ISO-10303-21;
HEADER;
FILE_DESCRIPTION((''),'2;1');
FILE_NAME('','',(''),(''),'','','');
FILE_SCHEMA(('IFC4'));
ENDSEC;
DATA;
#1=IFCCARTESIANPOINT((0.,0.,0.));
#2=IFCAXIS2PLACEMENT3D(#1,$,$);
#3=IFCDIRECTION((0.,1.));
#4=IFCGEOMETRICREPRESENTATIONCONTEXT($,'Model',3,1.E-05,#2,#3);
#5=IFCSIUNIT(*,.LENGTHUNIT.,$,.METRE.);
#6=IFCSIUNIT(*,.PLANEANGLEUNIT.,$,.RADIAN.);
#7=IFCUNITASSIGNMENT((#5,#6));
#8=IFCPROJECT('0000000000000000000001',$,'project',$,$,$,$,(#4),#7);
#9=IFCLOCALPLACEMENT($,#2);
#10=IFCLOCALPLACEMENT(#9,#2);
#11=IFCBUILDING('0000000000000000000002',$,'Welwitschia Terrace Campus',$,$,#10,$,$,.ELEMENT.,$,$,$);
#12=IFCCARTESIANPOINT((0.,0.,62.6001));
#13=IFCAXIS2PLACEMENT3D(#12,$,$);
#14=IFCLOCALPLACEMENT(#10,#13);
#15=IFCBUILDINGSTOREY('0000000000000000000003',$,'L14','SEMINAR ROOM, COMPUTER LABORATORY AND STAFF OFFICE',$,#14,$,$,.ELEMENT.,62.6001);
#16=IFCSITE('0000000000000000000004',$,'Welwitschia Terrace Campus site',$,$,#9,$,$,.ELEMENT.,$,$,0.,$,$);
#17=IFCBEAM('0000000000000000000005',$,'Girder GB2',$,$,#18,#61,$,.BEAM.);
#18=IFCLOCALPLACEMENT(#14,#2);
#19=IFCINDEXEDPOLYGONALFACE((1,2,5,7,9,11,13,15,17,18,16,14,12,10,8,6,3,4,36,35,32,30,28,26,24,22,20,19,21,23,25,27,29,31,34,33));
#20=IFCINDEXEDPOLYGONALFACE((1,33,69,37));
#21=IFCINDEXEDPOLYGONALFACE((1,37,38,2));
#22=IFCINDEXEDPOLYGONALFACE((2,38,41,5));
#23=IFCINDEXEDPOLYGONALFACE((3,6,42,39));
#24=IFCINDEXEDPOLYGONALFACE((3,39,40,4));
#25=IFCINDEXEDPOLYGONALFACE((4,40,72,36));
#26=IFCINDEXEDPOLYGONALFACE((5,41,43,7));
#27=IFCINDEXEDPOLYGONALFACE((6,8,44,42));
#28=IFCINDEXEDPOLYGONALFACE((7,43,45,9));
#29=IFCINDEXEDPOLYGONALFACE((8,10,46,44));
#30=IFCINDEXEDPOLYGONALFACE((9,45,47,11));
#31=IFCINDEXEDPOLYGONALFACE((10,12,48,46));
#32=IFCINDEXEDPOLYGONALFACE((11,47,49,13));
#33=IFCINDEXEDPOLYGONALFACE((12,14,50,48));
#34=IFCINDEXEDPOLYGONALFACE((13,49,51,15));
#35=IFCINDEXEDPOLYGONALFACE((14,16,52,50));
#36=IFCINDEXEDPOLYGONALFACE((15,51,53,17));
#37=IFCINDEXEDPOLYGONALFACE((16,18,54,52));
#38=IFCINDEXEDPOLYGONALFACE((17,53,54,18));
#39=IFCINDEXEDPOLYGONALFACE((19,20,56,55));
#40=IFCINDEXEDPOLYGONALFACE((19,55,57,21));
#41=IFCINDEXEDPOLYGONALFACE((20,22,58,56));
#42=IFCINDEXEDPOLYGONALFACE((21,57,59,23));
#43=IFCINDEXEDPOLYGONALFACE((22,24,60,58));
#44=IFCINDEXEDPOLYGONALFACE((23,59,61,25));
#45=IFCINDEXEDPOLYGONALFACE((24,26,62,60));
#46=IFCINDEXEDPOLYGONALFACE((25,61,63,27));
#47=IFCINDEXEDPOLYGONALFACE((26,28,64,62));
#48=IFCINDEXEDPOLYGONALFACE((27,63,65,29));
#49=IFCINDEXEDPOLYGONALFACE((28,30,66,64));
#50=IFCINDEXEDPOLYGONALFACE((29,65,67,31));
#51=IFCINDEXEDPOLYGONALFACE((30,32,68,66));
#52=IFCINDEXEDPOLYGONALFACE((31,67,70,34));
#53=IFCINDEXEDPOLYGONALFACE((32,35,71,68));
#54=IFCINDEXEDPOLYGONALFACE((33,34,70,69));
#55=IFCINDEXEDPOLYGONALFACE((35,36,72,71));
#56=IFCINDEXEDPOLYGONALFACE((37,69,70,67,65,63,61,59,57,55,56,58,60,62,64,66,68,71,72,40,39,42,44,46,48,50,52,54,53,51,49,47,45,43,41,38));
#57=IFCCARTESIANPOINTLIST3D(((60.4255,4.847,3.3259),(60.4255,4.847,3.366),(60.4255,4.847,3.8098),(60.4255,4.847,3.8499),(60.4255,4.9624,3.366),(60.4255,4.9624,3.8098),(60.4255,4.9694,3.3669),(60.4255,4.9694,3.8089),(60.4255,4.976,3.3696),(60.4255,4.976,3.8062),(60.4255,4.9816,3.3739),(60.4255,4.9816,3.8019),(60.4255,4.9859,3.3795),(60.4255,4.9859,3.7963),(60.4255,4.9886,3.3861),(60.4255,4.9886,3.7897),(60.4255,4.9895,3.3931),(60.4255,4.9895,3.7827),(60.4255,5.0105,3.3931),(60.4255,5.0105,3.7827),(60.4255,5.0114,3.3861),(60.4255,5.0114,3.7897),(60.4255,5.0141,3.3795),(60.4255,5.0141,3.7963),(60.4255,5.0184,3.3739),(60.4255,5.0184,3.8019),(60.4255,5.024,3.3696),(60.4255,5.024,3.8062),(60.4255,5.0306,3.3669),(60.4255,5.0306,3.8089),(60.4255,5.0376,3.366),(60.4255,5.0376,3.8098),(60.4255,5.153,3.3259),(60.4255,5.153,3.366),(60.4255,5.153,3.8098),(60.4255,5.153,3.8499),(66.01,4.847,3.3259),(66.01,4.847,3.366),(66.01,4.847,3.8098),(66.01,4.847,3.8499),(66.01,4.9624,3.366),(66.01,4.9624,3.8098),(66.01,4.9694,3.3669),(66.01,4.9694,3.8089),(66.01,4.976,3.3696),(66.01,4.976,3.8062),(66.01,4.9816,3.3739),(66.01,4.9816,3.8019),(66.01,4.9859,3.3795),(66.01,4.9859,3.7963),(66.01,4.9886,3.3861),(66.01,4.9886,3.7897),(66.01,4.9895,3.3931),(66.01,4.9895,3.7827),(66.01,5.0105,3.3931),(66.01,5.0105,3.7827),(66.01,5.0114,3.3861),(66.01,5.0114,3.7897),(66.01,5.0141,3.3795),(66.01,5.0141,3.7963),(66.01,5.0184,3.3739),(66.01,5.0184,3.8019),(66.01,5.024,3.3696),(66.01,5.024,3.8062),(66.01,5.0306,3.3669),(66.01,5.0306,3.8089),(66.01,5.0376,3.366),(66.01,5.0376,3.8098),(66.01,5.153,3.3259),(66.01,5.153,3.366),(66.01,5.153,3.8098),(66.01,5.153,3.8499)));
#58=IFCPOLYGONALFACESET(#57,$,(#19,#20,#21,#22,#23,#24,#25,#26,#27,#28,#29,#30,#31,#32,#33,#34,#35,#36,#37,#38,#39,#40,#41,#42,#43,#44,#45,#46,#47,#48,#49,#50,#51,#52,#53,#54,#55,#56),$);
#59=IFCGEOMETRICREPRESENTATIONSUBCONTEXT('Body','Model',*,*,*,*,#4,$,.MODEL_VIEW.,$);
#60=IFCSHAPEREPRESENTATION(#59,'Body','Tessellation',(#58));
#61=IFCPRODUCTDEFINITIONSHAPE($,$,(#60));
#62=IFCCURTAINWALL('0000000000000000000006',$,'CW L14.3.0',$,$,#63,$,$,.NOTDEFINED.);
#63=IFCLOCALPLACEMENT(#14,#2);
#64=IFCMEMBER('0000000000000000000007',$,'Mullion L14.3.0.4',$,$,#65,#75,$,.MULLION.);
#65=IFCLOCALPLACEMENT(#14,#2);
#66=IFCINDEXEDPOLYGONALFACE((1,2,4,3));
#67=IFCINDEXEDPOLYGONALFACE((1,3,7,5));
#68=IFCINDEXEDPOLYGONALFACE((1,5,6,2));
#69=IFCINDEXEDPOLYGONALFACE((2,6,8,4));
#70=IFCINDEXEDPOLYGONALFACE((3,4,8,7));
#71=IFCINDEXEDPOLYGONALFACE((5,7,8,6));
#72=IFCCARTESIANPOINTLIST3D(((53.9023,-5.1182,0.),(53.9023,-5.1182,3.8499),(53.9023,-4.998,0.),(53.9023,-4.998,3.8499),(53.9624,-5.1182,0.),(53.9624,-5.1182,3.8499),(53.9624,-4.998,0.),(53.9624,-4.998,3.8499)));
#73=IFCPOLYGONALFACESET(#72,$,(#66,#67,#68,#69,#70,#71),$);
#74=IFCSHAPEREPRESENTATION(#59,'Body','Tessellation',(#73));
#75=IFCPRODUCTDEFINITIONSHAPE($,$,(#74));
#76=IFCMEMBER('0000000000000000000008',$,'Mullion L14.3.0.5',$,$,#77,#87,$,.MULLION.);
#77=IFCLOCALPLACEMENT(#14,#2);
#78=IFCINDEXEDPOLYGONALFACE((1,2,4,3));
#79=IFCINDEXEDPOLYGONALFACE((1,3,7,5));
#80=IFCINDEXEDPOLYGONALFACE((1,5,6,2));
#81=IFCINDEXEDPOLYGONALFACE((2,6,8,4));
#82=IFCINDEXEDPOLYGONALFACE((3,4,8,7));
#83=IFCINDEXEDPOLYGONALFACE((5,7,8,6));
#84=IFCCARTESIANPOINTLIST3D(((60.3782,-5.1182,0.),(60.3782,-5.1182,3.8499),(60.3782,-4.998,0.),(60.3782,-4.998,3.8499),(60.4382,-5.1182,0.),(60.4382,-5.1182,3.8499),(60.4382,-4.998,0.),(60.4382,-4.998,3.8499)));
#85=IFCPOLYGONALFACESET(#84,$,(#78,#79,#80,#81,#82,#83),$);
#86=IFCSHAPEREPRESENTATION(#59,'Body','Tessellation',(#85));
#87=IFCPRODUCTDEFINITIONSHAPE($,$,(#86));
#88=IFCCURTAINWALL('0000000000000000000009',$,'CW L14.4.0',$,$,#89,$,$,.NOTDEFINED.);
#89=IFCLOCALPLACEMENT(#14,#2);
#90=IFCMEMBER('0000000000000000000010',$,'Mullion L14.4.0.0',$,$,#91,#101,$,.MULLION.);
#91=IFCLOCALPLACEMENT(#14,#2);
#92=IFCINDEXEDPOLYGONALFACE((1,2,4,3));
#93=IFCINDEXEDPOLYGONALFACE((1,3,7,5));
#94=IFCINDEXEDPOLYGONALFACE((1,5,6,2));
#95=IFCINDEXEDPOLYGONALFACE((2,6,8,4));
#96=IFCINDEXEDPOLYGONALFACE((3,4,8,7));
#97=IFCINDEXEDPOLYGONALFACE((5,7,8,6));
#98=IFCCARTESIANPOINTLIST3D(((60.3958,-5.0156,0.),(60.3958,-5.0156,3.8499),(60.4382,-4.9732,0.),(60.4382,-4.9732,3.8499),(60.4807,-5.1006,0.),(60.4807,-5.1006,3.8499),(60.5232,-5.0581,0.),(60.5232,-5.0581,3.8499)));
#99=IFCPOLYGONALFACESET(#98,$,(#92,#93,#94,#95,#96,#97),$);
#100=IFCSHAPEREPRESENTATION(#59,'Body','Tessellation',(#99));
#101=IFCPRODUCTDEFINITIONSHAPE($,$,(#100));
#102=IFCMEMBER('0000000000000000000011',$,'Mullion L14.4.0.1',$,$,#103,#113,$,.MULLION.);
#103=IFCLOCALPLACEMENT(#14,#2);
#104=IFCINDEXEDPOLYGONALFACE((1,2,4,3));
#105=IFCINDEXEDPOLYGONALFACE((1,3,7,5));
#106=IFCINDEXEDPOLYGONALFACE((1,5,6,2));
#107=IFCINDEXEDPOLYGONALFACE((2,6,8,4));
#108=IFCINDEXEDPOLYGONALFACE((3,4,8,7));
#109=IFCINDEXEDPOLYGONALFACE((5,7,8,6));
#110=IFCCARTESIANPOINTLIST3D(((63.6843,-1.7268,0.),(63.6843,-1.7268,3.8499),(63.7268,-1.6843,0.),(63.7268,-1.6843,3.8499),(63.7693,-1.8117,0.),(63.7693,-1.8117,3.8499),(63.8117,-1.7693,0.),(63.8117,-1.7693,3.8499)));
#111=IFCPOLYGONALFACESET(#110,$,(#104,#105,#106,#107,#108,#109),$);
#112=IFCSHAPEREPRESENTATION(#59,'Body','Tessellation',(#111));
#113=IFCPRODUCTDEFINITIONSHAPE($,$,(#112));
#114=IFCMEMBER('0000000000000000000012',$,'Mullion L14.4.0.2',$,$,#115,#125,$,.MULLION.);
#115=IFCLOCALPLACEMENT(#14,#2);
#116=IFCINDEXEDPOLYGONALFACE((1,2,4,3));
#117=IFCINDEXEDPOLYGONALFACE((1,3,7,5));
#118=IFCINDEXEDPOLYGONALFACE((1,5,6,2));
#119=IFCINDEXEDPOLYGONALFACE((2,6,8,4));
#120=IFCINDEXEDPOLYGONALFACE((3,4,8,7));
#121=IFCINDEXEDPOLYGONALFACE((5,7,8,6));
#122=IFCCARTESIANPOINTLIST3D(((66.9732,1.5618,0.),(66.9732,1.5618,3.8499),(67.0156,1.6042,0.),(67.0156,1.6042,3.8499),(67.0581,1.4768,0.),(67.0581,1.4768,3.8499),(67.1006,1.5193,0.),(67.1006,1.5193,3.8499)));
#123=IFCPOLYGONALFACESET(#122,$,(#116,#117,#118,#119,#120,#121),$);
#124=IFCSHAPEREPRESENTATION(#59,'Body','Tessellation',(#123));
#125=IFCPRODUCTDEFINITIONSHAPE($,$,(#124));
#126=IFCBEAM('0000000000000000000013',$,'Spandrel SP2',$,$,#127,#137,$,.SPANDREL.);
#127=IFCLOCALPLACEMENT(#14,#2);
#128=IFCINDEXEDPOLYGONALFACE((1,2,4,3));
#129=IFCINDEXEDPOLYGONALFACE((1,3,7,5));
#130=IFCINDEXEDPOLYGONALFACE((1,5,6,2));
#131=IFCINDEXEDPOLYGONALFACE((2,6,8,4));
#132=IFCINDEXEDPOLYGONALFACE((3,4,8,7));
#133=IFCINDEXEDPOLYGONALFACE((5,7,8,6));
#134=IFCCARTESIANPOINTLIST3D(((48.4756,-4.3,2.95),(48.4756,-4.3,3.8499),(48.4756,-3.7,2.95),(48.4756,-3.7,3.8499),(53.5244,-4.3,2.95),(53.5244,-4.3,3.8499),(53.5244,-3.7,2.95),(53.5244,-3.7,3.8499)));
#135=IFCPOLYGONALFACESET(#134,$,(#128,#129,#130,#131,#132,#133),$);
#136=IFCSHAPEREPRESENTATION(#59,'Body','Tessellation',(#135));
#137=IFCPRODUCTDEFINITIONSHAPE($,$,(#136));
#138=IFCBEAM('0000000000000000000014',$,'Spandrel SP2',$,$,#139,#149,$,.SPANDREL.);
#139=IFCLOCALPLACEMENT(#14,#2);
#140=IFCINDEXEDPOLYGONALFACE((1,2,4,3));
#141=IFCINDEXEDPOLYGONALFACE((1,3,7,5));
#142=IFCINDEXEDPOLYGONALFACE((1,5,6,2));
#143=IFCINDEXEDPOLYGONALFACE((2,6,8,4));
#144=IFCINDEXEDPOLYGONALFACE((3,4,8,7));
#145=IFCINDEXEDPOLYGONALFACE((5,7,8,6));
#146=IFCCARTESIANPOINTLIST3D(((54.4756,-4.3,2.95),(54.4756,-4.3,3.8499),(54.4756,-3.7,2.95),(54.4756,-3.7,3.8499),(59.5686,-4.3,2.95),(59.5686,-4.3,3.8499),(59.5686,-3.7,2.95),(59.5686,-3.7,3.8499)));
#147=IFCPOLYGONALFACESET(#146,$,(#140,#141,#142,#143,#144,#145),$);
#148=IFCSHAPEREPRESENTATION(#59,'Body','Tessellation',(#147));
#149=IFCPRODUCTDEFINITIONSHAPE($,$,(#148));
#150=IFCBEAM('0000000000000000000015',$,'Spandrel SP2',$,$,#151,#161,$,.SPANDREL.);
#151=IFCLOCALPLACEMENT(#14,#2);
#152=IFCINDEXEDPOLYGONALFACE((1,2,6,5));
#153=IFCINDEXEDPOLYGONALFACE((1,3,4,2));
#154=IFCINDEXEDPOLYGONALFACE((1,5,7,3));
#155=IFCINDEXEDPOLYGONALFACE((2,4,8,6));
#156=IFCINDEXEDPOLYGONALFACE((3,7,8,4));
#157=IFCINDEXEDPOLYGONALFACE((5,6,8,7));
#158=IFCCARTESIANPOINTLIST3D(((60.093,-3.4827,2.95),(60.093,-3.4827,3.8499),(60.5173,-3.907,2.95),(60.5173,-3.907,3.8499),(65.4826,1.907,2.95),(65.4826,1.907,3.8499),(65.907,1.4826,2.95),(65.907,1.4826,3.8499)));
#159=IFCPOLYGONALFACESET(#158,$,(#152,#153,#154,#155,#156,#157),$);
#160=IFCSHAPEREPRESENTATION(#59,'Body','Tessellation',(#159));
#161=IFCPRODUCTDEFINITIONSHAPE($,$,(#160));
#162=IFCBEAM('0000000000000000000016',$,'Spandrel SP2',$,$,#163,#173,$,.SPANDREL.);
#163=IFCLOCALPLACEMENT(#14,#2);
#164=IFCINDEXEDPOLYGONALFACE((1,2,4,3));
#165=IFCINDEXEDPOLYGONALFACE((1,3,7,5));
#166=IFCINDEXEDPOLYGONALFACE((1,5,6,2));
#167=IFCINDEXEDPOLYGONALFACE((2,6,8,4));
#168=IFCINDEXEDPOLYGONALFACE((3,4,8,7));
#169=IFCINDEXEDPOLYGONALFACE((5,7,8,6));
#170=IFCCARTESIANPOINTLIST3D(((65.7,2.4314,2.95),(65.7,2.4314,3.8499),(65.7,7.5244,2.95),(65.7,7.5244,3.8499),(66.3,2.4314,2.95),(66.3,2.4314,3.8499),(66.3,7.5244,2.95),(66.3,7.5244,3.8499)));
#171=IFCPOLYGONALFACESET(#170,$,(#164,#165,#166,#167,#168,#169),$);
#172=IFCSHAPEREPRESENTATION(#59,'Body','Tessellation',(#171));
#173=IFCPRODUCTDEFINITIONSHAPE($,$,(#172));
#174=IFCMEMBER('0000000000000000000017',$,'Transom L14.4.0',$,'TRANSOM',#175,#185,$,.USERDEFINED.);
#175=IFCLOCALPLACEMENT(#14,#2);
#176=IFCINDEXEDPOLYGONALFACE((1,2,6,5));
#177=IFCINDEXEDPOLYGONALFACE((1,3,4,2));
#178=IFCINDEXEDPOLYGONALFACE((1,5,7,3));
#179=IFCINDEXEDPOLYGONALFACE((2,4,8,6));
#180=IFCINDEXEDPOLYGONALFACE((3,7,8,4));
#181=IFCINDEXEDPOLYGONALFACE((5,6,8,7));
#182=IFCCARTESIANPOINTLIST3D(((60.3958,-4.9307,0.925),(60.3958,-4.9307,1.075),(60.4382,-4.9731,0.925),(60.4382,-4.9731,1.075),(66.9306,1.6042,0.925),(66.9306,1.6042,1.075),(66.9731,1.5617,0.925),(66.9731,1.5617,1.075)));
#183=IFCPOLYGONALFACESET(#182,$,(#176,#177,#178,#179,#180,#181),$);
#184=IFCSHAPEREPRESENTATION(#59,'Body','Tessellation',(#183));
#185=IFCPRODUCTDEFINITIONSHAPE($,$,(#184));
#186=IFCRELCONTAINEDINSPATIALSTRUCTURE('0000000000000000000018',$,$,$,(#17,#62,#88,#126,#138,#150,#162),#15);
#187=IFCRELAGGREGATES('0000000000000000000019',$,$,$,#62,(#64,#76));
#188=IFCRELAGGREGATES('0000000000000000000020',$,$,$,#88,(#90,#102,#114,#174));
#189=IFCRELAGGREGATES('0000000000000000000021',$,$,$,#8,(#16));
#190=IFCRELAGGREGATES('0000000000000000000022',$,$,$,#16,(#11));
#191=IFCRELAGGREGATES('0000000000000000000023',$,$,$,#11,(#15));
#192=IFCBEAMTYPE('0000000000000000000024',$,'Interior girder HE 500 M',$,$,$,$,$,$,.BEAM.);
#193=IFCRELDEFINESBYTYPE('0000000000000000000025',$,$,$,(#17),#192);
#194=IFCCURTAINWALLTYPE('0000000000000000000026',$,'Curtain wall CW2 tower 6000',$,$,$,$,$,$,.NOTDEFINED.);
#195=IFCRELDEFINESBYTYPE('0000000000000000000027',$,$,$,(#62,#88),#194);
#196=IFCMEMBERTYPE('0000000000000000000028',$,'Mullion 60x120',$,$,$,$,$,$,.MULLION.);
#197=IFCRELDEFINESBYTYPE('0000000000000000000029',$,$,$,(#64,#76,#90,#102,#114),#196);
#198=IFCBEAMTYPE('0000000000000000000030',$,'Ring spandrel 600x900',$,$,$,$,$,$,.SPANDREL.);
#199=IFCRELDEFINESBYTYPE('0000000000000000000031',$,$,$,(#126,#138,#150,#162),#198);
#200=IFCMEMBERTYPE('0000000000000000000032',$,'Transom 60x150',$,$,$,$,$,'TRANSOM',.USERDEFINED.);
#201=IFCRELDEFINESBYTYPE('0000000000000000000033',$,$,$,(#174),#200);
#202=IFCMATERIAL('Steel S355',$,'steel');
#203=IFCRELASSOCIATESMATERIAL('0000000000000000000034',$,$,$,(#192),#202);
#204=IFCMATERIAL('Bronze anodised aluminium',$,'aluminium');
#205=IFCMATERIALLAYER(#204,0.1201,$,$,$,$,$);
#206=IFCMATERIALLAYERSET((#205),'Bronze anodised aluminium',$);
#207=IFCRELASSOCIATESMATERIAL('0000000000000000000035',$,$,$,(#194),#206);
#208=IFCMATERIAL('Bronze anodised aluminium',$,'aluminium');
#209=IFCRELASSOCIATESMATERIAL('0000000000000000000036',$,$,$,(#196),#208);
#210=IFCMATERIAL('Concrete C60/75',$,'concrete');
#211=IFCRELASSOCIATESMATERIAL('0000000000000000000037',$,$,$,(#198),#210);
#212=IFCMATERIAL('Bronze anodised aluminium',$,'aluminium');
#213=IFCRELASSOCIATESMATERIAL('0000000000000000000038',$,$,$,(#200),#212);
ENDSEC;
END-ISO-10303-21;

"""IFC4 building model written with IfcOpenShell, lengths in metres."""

from ifc_helpers import new_model, si_unit, direction, frame, origin, origin_2d, place, context, subcontext, project, spatial, rectangle, i_section, extrude, material, layer, layer_set, material_profile, profile_set, type_object, element, aggregate, save


model = new_model("IFC4")

# Units and contexts
model_context = context("Model", 3, precision=1e-05, world=origin(), true_north=direction((0.0, 1.0)))
body_context = subcontext(model_context, "Body", "Model", "MODEL_VIEW")
ifc_project = project(units=[si_unit("LENGTHUNIT", "METRE"), si_unit("PLANEANGLEUNIT", "RADIAN")], contexts=[model_context])

# Site, building, storey
site_placement = place(None, origin())
site = spatial("IfcSite", under=ifc_project, at=site_placement, Name="Welwitschia Terrace Campus site", CompositionType="ELEMENT", RefElevation=0.0)
building_placement = place(site_placement, origin())
building = spatial("IfcBuilding", under=site, at=building_placement, Name="Welwitschia Terrace Campus", CompositionType="ELEMENT")
storey_placement = place(building_placement, frame((0.0, 0.0, 62.6001)))
storey = spatial("IfcBuildingStorey", under=building, at=storey_placement, Name="L14", Description="SEMINAR ROOM, COMPUTER LABORATORY AND STAFF OFFICE", CompositionType="ELEMENT", Elevation=62.6001)

# Beam
ifc_material_1 = material(Name="Steel S355", Category="steel")
ifc_material_profile_1 = material_profile(ifc_material_1, i_section(OverallWidth=0.3059, OverallDepth=0.5239, WebThickness=0.021, FlangeThickness=0.04, FilletRadius=0.0271, at=origin_2d()))
ifc_profile_set_1 = profile_set([ifc_material_profile_1], Name="Steel S355")
beam_type_1 = type_object("IfcBeamType", Name="Interior girder HE 500 M", PredefinedType="BEAM", material=ifc_profile_set_1)
beam_1_placement = place(storey_placement, frame((60.4255, 5.0, 3.5879), z_axis=(1.0, 0.0, 0.0), x_axis=(0.0, 1.0, 0.0)))
element("IfcBeam", 1, at=beam_1_placement, inside=storey, type_object=beam_type_1, Name="Girder GB2", PredefinedType="BEAM", context=body_context, shape_type="SweptSolid", body=[
    extrude(i_section(OverallWidth=0.3059, OverallDepth=0.5239, WebThickness=0.021, FlangeThickness=0.04, FilletRadius=0.0271, at=origin_2d()), origin(), (0.0, 0.0, 1.0), 5.5845),
])

# Curtain walls, members
ifc_material_2 = material(Name="Bronze anodised aluminium", Category="aluminium")
ifc_layer_1 = layer(ifc_material_2, 0.1201)
ifc_layer_set_1 = layer_set([ifc_layer_1], Name="Bronze anodised aluminium")
curtain_wall_type = type_object("IfcCurtainWallType", Name="Curtain wall CW2 tower 6000", PredefinedType="NOTDEFINED", material=ifc_layer_set_1)
curtain_wall_1_placement = place(storey_placement, origin())
curtain_wall_1 = element("IfcCurtainWall", 2, at=curtain_wall_1_placement, inside=storey, type_object=curtain_wall_type, Name="CW L14.3.0", PredefinedType="NOTDEFINED")
ifc_material_3 = material(Name="Bronze anodised aluminium", Category="aluminium")
ifc_material_profile_2 = material_profile(ifc_material_3, rectangle(XDim=0.1201, YDim=0.0601, at=origin_2d()))
ifc_profile_set_2 = profile_set([ifc_material_profile_2], Name="Bronze anodised aluminium")
member_type_1 = type_object("IfcMemberType", Name="Mullion 60x120", PredefinedType="MULLION", material=ifc_profile_set_2)
member_1_placement = place(storey_placement, frame((53.9324, -5.0581, 0.0), z_axis=(0.0, 0.0, 1.0), x_axis=(0.0, 1.0, 0.0)))
member_1 = element("IfcMember", 3, at=member_1_placement, type_object=member_type_1, Name="Mullion L14.3.0.4", PredefinedType="MULLION", context=body_context, shape_type="SweptSolid", body=[
    extrude(rectangle(XDim=0.1201, YDim=0.0601, at=origin_2d()), origin(), (0.0, 0.0, 1.0), 3.8499),
])
member_2_placement = place(storey_placement, frame((60.4082, -5.0581, 0.0), z_axis=(0.0, 0.0, 1.0), x_axis=(0.0, 1.0, 0.0)))
member_2 = element("IfcMember", 4, at=member_2_placement, type_object=member_type_1, Name="Mullion L14.3.0.5", PredefinedType="MULLION", context=body_context, shape_type="SweptSolid", body=[
    extrude(rectangle(XDim=0.1201, YDim=0.0601, at=origin_2d()), origin(), (0.0, 0.0, 1.0), 3.8499),
])
curtain_wall_2_placement = place(storey_placement, origin())
curtain_wall_2 = element("IfcCurtainWall", 5, at=curtain_wall_2_placement, inside=storey, type_object=curtain_wall_type, Name="CW L14.4.0", PredefinedType="NOTDEFINED")
member_3_placement = place(storey_placement, frame((60.4595, -5.0369, 0.0), z_axis=(0.0, 0.0, 1.0), x_axis=(-0.707107, 0.707107, 0.0)))
member_3 = element("IfcMember", 6, at=member_3_placement, type_object=member_type_1, Name="Mullion L14.4.0.0", PredefinedType="MULLION", context=body_context, shape_type="SweptSolid", body=[
    extrude(rectangle(XDim=0.1201, YDim=0.0601, at=origin_2d()), origin(), (0.0, 0.0, 1.0), 3.8499),
])
member_4_placement = place(storey_placement, frame((63.748, -1.748, 0.0), z_axis=(0.0, 0.0, 1.0), x_axis=(-0.707107, 0.707107, 0.0)))
member_4 = element("IfcMember", 7, at=member_4_placement, type_object=member_type_1, Name="Mullion L14.4.0.1", PredefinedType="MULLION", context=body_context, shape_type="SweptSolid", body=[
    extrude(rectangle(XDim=0.1201, YDim=0.0601, at=origin_2d()), origin(), (0.0, 0.0, 1.0), 3.8499),
])
member_5_placement = place(storey_placement, frame((67.0369, 1.5405, 0.0), z_axis=(0.0, 0.0, 1.0), x_axis=(-0.707107, 0.707107, 0.0)))
member_5 = element("IfcMember", 8, at=member_5_placement, type_object=member_type_1, Name="Mullion L14.4.0.2", PredefinedType="MULLION", context=body_context, shape_type="SweptSolid", body=[
    extrude(rectangle(XDim=0.1201, YDim=0.0601, at=origin_2d()), origin(), (0.0, 0.0, 1.0), 3.8499),
])

# Beams
ifc_material_4 = material(Name="Concrete C60/75", Category="concrete")
ifc_material_profile_3 = material_profile(ifc_material_4, rectangle(XDim=0.6001, YDim=0.8999, at=origin_2d()))
ifc_profile_set_3 = profile_set([ifc_material_profile_3], Name="Concrete C60/75")
beam_type_2 = type_object("IfcBeamType", Name="Ring spandrel 600x900", PredefinedType="SPANDREL", material=ifc_profile_set_3)
beam_2_placement = place(storey_placement, frame((48.4756, -4.0, 3.3999), z_axis=(1.0, 0.0, 0.0), x_axis=(0.0, 1.0, 0.0)))
element("IfcBeam", 9, at=beam_2_placement, inside=storey, type_object=beam_type_2, Name="Spandrel SP2", PredefinedType="SPANDREL", context=body_context, shape_type="SweptSolid", body=[
    extrude(rectangle(XDim=0.6001, YDim=0.8999, at=origin_2d()), origin(), (0.0, 0.0, 1.0), 5.0488),
])
beam_3_placement = place(storey_placement, frame((54.4756, -4.0, 3.3999), z_axis=(1.0, 0.0, 0.0), x_axis=(0.0, 1.0, 0.0)))
element("IfcBeam", 10, at=beam_3_placement, inside=storey, type_object=beam_type_2, Name="Spandrel SP2", PredefinedType="SPANDREL", context=body_context, shape_type="SweptSolid", body=[
    extrude(rectangle(XDim=0.6001, YDim=0.8999, at=origin_2d()), origin(), (0.0, 0.0, 1.0), 5.093),
])
beam_4_placement = place(storey_placement, frame((60.3052, -3.6948, 3.3999), z_axis=(0.707107, 0.707107, 0.0), x_axis=(-0.707107, 0.707107, 0.0)))
element("IfcBeam", 11, at=beam_4_placement, inside=storey, type_object=beam_type_2, Name="Spandrel SP2", PredefinedType="SPANDREL", context=body_context, shape_type="SweptSolid", body=[
    extrude(rectangle(XDim=0.6001, YDim=0.8999, at=origin_2d()), origin(), (0.0, 0.0, 1.0), 7.6221),
])
beam_5_placement = place(storey_placement, frame((66.0, 2.4314, 3.3999), z_axis=(0.0, 1.0, 0.0), x_axis=(-1.0, 0.0, 0.0)))
element("IfcBeam", 12, at=beam_5_placement, inside=storey, type_object=beam_type_2, Name="Spandrel SP2", PredefinedType="SPANDREL", context=body_context, shape_type="SweptSolid", body=[
    extrude(rectangle(XDim=0.6001, YDim=0.8999, at=origin_2d()), origin(), (0.0, 0.0, 1.0), 5.093),
])

# Member
ifc_material_5 = material(Name="Bronze anodised aluminium", Category="aluminium")
ifc_material_profile_4 = material_profile(ifc_material_5, rectangle(XDim=0.0601, YDim=0.1499, at=origin_2d()))
ifc_profile_set_4 = profile_set([ifc_material_profile_4], Name="Bronze anodised aluminium")
member_type_2 = type_object("IfcMemberType", Name="Transom 60x150", ElementType="TRANSOM", PredefinedType="USERDEFINED", material=ifc_profile_set_4)
member_6_placement = place(storey_placement, frame((60.417, -4.9519, 1.0), z_axis=(0.707107, 0.707107, 0.0), x_axis=(-0.707107, 0.707107, 0.0)))
member_6 = element("IfcMember", 13, at=member_6_placement, type_object=member_type_2, Name="Transom L14.4.0", ObjectType="TRANSOM", PredefinedType="USERDEFINED", context=body_context, shape_type="SweptSolid", body=[
    extrude(rectangle(XDim=0.0601, YDim=0.1499, at=origin_2d()), origin(), (0.0, 0.0, 1.0), 9.2417),
])

aggregate(curtain_wall_1, [member_1, member_2])
aggregate(curtain_wall_2, [member_3, member_4, member_5, member_6])

save(model, "model.ifc")
